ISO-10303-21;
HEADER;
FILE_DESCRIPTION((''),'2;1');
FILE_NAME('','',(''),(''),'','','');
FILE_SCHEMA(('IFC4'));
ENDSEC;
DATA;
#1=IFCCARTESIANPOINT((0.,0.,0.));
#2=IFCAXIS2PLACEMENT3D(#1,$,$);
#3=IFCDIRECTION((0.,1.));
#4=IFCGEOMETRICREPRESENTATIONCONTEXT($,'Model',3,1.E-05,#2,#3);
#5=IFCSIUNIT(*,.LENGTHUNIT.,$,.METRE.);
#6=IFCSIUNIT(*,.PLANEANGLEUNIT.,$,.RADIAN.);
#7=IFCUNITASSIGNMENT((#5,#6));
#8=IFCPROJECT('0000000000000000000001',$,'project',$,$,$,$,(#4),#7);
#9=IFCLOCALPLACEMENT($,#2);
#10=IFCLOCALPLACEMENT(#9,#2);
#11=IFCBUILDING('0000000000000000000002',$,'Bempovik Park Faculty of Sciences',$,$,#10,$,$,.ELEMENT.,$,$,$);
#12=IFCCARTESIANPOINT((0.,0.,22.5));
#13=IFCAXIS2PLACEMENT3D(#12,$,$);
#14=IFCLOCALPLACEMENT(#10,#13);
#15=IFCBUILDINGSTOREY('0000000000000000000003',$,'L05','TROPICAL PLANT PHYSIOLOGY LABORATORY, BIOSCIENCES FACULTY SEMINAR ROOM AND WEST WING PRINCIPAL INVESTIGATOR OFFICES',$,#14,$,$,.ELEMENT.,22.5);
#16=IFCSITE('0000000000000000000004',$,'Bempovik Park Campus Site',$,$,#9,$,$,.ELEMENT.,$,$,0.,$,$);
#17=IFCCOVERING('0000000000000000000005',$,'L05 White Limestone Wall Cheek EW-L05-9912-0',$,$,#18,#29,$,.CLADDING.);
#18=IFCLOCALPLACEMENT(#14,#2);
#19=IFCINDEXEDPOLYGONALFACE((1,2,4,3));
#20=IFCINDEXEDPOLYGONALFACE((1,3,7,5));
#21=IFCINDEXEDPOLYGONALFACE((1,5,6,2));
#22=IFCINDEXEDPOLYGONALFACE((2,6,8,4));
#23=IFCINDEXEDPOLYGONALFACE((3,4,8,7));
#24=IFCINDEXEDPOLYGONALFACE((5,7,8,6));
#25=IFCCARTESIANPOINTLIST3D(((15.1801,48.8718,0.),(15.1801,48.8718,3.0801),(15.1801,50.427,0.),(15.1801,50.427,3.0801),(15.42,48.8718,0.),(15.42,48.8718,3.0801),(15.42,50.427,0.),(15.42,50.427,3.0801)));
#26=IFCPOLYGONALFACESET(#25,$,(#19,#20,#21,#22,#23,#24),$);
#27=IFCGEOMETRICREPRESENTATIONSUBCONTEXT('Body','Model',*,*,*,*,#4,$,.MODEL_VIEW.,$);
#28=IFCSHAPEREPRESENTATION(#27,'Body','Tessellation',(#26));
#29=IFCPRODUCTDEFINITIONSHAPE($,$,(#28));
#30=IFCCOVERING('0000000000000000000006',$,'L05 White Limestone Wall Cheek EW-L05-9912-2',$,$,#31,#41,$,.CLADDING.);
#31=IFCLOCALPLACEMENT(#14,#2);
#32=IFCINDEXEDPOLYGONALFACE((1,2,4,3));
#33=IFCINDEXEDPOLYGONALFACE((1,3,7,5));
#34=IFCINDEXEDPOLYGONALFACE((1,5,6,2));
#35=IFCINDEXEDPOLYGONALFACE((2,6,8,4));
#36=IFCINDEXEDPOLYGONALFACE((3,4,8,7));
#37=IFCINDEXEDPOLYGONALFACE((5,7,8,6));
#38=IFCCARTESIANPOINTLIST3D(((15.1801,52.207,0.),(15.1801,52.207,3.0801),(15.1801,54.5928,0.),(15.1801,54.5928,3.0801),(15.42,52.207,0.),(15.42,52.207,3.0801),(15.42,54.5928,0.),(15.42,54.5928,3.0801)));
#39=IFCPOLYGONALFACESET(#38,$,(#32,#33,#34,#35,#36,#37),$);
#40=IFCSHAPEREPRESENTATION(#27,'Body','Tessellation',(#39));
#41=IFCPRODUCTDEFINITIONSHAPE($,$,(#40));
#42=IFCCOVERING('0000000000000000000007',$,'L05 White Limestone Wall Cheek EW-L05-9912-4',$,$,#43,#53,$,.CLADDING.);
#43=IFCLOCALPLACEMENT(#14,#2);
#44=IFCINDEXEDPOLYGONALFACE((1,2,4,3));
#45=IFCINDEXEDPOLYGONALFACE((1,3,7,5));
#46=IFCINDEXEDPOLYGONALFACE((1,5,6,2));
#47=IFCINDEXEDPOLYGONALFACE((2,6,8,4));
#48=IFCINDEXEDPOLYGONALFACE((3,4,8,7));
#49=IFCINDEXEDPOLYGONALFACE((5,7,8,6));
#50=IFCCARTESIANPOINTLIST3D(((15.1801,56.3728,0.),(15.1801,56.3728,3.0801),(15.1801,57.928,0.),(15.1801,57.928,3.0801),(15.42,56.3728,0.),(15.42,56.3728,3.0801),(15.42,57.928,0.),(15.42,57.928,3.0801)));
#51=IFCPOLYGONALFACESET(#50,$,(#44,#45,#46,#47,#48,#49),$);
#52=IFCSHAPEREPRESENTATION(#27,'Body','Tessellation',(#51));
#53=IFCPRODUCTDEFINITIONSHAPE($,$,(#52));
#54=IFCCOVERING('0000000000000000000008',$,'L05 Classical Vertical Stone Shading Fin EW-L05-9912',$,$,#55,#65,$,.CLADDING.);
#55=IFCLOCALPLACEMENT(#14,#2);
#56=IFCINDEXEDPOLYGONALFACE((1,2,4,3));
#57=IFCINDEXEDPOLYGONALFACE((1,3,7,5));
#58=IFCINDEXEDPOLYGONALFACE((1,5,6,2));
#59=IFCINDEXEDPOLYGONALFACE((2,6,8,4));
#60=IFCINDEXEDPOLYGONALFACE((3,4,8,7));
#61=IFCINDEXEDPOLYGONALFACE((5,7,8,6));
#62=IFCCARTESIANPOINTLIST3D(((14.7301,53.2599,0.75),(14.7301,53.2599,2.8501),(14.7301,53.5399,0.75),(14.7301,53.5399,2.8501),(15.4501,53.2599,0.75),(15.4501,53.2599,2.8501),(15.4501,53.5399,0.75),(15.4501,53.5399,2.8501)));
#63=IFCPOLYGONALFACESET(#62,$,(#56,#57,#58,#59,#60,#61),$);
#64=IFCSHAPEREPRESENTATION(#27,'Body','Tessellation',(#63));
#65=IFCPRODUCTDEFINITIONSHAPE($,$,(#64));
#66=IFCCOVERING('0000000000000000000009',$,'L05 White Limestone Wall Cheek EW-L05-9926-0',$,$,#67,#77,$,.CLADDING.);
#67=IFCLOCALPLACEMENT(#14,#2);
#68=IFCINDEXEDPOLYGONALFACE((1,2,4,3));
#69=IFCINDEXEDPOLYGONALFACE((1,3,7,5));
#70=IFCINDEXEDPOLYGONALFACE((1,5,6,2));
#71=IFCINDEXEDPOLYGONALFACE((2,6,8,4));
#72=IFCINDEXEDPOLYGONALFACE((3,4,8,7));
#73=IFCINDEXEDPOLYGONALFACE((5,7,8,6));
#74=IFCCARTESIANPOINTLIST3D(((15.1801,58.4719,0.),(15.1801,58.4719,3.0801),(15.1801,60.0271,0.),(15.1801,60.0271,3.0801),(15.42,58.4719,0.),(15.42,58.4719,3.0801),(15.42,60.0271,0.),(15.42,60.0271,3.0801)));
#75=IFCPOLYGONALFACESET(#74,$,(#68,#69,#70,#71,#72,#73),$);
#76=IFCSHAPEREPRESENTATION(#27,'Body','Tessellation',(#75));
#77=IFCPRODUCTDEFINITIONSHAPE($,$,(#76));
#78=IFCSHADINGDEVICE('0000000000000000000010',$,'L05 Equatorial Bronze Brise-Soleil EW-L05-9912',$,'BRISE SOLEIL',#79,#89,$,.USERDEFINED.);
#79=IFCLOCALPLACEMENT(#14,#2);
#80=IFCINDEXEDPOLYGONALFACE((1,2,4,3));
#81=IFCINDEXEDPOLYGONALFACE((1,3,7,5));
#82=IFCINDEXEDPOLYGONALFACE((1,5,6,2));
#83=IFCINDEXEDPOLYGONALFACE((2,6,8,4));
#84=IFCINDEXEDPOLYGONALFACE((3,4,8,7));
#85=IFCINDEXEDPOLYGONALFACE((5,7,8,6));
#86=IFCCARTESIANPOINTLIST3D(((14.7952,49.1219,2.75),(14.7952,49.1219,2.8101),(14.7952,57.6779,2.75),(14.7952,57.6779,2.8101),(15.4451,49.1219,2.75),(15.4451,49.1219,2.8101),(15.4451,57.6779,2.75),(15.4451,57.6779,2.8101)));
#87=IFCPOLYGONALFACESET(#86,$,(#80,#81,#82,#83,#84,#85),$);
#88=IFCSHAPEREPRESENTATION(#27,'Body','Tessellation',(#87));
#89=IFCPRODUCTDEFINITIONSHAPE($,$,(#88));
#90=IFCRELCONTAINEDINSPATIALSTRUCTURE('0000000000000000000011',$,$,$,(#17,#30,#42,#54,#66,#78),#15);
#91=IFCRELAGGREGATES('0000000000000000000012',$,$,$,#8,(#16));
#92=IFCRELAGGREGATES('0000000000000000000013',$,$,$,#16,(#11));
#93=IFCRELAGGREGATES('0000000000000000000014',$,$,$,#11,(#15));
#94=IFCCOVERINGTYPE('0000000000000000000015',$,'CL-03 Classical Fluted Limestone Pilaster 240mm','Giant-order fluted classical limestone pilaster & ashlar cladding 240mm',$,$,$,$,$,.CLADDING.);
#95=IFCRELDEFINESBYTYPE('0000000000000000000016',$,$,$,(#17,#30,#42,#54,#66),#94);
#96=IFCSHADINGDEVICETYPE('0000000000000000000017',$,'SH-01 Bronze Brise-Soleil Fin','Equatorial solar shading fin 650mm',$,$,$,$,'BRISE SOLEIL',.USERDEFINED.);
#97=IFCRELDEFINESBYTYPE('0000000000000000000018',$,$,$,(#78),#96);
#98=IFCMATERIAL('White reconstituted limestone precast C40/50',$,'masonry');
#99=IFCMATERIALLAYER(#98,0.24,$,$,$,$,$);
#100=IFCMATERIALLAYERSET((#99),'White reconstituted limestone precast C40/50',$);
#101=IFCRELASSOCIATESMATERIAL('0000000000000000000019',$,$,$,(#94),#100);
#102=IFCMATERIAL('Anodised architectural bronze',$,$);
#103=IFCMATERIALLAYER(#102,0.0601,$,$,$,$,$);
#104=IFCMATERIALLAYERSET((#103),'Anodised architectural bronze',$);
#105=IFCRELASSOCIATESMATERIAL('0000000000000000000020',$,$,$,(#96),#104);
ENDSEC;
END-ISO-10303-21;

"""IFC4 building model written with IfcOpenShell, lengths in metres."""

from ifc_helpers import new_model, si_unit, direction, frame, origin, origin_2d, place, context, subcontext, project, spatial, rectangle, extrude, material, layer, layer_set, type_object, element, save


model = new_model("IFC4")

# Units and contexts
model_context = context("Model", 3, precision=1e-05, world=origin(), true_north=direction((0.0, 1.0)))
body_context = subcontext(model_context, "Body", "Model", "MODEL_VIEW")
ifc_project = project(units=[si_unit("LENGTHUNIT", "METRE"), si_unit("PLANEANGLEUNIT", "RADIAN")], contexts=[model_context])

# Site, building, storey
site_placement = place(None, origin())
site = spatial("IfcSite", under=ifc_project, at=site_placement, Name="Bempovik Park Campus Site", CompositionType="ELEMENT", RefElevation=0.0)
building_placement = place(site_placement, origin())
building = spatial("IfcBuilding", under=site, at=building_placement, Name="Bempovik Park Faculty of Sciences", CompositionType="ELEMENT")
storey_placement = place(building_placement, frame((0.0, 0.0, 22.5)))
storey = spatial("IfcBuildingStorey", under=building, at=storey_placement, Name="L05", Description="TROPICAL PLANT PHYSIOLOGY LABORATORY, BIOSCIENCES FACULTY SEMINAR ROOM AND WEST WING PRINCIPAL INVESTIGATOR OFFICES", CompositionType="ELEMENT", Elevation=22.5)

# Coverings
ifc_material_1 = material(Name="White reconstituted limestone precast C40/50", Category="masonry")
ifc_layer_1 = layer(ifc_material_1, 0.24)
ifc_layer_set_1 = layer_set([ifc_layer_1], Name="White reconstituted limestone precast C40/50")
covering_type_1 = type_object("IfcCoveringType", Name="CL-03 Classical Fluted Limestone Pilaster 240mm", Description="Giant-order fluted classical limestone pilaster & ashlar cladding 240mm", PredefinedType="CLADDING", material=ifc_layer_set_1)
covering_1_placement = place(storey_placement, frame((15.3, 49.6494, 0.0), z_axis=(0.0, 0.0, 1.0), x_axis=(1.0, 0.0, 0.0)))
element("IfcCovering", 1, at=covering_1_placement, inside=storey, type_object=covering_type_1, Name="L05 White Limestone Wall Cheek EW-L05-9912-0", PredefinedType="CLADDING", context=body_context, shape_type="SweptSolid", body=[
    extrude(rectangle(XDim=0.24, YDim=1.5552, at=origin_2d()), origin(), (0.0, 0.0, 1.0), 3.0801),
])
covering_2_placement = place(storey_placement, frame((15.3, 53.3999, 0.0), z_axis=(0.0, 0.0, 1.0), x_axis=(1.0, 0.0, 0.0)))
element("IfcCovering", 2, at=covering_2_placement, inside=storey, type_object=covering_type_1, Name="L05 White Limestone Wall Cheek EW-L05-9912-2", PredefinedType="CLADDING", context=body_context, shape_type="SweptSolid", body=[
    extrude(rectangle(XDim=0.24, YDim=2.3857, at=origin_2d()), origin(), (0.0, 0.0, 1.0), 3.0801),
])
covering_3_placement = place(storey_placement, frame((15.3, 57.1504, 0.0), z_axis=(0.0, 0.0, 1.0), x_axis=(1.0, 0.0, 0.0)))
element("IfcCovering", 3, at=covering_3_placement, inside=storey, type_object=covering_type_1, Name="L05 White Limestone Wall Cheek EW-L05-9912-4", PredefinedType="CLADDING", context=body_context, shape_type="SweptSolid", body=[
    extrude(rectangle(XDim=0.24, YDim=1.5552, at=origin_2d()), origin(), (0.0, 0.0, 1.0), 3.0801),
])
covering_4_placement = place(storey_placement, frame((15.0901, 53.3999, 0.75), z_axis=(0.0, 0.0, 1.0), x_axis=(1.0, 0.0, 0.0)))
element("IfcCovering", 4, at=covering_4_placement, inside=storey, type_object=covering_type_1, Name="L05 Classical Vertical Stone Shading Fin EW-L05-9912", PredefinedType="CLADDING", context=body_context, shape_type="SweptSolid", body=[
    extrude(rectangle(XDim=0.72, YDim=0.28, at=origin_2d()), origin(), (0.0, 0.0, 1.0), 2.1001),
])
covering_5_placement = place(storey_placement, frame((15.3, 59.2495, 0.0), z_axis=(0.0, 0.0, 1.0), x_axis=(1.0, 0.0, 0.0)))
element("IfcCovering", 5, at=covering_5_placement, inside=storey, type_object=covering_type_1, Name="L05 White Limestone Wall Cheek EW-L05-9926-0", PredefinedType="CLADDING", context=body_context, shape_type="SweptSolid", body=[
    extrude(rectangle(XDim=0.24, YDim=1.5552, at=origin_2d()), origin(), (0.0, 0.0, 1.0), 3.0801),
])

# Shading device
ifc_material_2 = material(Name="Anodised architectural bronze")
ifc_layer_2 = layer(ifc_material_2, 0.0601)
ifc_layer_set_2 = layer_set([ifc_layer_2], Name="Anodised architectural bronze")
shading_device_type = type_object("IfcShadingDeviceType", Name="SH-01 Bronze Brise-Soleil Fin", Description="Equatorial solar shading fin 650mm", ElementType="BRISE SOLEIL", PredefinedType="USERDEFINED", material=ifc_layer_set_2)
shading_device_placement = place(storey_placement, frame((15.1201, 53.3999, 2.75), z_axis=(0.0, 0.0, 1.0), x_axis=(1.0, 0.0, 0.0)))
element("IfcShadingDevice", 6, at=shading_device_placement, inside=storey, type_object=shading_device_type, Name="L05 Equatorial Bronze Brise-Soleil EW-L05-9912", ObjectType="BRISE SOLEIL", PredefinedType="USERDEFINED", context=body_context, shape_type="SweptSolid", body=[
    extrude(rectangle(XDim=0.6499, YDim=8.5559, at=origin_2d()), origin(), (0.0, 0.0, 1.0), 0.0601),
])

save(model, "model.ifc")
